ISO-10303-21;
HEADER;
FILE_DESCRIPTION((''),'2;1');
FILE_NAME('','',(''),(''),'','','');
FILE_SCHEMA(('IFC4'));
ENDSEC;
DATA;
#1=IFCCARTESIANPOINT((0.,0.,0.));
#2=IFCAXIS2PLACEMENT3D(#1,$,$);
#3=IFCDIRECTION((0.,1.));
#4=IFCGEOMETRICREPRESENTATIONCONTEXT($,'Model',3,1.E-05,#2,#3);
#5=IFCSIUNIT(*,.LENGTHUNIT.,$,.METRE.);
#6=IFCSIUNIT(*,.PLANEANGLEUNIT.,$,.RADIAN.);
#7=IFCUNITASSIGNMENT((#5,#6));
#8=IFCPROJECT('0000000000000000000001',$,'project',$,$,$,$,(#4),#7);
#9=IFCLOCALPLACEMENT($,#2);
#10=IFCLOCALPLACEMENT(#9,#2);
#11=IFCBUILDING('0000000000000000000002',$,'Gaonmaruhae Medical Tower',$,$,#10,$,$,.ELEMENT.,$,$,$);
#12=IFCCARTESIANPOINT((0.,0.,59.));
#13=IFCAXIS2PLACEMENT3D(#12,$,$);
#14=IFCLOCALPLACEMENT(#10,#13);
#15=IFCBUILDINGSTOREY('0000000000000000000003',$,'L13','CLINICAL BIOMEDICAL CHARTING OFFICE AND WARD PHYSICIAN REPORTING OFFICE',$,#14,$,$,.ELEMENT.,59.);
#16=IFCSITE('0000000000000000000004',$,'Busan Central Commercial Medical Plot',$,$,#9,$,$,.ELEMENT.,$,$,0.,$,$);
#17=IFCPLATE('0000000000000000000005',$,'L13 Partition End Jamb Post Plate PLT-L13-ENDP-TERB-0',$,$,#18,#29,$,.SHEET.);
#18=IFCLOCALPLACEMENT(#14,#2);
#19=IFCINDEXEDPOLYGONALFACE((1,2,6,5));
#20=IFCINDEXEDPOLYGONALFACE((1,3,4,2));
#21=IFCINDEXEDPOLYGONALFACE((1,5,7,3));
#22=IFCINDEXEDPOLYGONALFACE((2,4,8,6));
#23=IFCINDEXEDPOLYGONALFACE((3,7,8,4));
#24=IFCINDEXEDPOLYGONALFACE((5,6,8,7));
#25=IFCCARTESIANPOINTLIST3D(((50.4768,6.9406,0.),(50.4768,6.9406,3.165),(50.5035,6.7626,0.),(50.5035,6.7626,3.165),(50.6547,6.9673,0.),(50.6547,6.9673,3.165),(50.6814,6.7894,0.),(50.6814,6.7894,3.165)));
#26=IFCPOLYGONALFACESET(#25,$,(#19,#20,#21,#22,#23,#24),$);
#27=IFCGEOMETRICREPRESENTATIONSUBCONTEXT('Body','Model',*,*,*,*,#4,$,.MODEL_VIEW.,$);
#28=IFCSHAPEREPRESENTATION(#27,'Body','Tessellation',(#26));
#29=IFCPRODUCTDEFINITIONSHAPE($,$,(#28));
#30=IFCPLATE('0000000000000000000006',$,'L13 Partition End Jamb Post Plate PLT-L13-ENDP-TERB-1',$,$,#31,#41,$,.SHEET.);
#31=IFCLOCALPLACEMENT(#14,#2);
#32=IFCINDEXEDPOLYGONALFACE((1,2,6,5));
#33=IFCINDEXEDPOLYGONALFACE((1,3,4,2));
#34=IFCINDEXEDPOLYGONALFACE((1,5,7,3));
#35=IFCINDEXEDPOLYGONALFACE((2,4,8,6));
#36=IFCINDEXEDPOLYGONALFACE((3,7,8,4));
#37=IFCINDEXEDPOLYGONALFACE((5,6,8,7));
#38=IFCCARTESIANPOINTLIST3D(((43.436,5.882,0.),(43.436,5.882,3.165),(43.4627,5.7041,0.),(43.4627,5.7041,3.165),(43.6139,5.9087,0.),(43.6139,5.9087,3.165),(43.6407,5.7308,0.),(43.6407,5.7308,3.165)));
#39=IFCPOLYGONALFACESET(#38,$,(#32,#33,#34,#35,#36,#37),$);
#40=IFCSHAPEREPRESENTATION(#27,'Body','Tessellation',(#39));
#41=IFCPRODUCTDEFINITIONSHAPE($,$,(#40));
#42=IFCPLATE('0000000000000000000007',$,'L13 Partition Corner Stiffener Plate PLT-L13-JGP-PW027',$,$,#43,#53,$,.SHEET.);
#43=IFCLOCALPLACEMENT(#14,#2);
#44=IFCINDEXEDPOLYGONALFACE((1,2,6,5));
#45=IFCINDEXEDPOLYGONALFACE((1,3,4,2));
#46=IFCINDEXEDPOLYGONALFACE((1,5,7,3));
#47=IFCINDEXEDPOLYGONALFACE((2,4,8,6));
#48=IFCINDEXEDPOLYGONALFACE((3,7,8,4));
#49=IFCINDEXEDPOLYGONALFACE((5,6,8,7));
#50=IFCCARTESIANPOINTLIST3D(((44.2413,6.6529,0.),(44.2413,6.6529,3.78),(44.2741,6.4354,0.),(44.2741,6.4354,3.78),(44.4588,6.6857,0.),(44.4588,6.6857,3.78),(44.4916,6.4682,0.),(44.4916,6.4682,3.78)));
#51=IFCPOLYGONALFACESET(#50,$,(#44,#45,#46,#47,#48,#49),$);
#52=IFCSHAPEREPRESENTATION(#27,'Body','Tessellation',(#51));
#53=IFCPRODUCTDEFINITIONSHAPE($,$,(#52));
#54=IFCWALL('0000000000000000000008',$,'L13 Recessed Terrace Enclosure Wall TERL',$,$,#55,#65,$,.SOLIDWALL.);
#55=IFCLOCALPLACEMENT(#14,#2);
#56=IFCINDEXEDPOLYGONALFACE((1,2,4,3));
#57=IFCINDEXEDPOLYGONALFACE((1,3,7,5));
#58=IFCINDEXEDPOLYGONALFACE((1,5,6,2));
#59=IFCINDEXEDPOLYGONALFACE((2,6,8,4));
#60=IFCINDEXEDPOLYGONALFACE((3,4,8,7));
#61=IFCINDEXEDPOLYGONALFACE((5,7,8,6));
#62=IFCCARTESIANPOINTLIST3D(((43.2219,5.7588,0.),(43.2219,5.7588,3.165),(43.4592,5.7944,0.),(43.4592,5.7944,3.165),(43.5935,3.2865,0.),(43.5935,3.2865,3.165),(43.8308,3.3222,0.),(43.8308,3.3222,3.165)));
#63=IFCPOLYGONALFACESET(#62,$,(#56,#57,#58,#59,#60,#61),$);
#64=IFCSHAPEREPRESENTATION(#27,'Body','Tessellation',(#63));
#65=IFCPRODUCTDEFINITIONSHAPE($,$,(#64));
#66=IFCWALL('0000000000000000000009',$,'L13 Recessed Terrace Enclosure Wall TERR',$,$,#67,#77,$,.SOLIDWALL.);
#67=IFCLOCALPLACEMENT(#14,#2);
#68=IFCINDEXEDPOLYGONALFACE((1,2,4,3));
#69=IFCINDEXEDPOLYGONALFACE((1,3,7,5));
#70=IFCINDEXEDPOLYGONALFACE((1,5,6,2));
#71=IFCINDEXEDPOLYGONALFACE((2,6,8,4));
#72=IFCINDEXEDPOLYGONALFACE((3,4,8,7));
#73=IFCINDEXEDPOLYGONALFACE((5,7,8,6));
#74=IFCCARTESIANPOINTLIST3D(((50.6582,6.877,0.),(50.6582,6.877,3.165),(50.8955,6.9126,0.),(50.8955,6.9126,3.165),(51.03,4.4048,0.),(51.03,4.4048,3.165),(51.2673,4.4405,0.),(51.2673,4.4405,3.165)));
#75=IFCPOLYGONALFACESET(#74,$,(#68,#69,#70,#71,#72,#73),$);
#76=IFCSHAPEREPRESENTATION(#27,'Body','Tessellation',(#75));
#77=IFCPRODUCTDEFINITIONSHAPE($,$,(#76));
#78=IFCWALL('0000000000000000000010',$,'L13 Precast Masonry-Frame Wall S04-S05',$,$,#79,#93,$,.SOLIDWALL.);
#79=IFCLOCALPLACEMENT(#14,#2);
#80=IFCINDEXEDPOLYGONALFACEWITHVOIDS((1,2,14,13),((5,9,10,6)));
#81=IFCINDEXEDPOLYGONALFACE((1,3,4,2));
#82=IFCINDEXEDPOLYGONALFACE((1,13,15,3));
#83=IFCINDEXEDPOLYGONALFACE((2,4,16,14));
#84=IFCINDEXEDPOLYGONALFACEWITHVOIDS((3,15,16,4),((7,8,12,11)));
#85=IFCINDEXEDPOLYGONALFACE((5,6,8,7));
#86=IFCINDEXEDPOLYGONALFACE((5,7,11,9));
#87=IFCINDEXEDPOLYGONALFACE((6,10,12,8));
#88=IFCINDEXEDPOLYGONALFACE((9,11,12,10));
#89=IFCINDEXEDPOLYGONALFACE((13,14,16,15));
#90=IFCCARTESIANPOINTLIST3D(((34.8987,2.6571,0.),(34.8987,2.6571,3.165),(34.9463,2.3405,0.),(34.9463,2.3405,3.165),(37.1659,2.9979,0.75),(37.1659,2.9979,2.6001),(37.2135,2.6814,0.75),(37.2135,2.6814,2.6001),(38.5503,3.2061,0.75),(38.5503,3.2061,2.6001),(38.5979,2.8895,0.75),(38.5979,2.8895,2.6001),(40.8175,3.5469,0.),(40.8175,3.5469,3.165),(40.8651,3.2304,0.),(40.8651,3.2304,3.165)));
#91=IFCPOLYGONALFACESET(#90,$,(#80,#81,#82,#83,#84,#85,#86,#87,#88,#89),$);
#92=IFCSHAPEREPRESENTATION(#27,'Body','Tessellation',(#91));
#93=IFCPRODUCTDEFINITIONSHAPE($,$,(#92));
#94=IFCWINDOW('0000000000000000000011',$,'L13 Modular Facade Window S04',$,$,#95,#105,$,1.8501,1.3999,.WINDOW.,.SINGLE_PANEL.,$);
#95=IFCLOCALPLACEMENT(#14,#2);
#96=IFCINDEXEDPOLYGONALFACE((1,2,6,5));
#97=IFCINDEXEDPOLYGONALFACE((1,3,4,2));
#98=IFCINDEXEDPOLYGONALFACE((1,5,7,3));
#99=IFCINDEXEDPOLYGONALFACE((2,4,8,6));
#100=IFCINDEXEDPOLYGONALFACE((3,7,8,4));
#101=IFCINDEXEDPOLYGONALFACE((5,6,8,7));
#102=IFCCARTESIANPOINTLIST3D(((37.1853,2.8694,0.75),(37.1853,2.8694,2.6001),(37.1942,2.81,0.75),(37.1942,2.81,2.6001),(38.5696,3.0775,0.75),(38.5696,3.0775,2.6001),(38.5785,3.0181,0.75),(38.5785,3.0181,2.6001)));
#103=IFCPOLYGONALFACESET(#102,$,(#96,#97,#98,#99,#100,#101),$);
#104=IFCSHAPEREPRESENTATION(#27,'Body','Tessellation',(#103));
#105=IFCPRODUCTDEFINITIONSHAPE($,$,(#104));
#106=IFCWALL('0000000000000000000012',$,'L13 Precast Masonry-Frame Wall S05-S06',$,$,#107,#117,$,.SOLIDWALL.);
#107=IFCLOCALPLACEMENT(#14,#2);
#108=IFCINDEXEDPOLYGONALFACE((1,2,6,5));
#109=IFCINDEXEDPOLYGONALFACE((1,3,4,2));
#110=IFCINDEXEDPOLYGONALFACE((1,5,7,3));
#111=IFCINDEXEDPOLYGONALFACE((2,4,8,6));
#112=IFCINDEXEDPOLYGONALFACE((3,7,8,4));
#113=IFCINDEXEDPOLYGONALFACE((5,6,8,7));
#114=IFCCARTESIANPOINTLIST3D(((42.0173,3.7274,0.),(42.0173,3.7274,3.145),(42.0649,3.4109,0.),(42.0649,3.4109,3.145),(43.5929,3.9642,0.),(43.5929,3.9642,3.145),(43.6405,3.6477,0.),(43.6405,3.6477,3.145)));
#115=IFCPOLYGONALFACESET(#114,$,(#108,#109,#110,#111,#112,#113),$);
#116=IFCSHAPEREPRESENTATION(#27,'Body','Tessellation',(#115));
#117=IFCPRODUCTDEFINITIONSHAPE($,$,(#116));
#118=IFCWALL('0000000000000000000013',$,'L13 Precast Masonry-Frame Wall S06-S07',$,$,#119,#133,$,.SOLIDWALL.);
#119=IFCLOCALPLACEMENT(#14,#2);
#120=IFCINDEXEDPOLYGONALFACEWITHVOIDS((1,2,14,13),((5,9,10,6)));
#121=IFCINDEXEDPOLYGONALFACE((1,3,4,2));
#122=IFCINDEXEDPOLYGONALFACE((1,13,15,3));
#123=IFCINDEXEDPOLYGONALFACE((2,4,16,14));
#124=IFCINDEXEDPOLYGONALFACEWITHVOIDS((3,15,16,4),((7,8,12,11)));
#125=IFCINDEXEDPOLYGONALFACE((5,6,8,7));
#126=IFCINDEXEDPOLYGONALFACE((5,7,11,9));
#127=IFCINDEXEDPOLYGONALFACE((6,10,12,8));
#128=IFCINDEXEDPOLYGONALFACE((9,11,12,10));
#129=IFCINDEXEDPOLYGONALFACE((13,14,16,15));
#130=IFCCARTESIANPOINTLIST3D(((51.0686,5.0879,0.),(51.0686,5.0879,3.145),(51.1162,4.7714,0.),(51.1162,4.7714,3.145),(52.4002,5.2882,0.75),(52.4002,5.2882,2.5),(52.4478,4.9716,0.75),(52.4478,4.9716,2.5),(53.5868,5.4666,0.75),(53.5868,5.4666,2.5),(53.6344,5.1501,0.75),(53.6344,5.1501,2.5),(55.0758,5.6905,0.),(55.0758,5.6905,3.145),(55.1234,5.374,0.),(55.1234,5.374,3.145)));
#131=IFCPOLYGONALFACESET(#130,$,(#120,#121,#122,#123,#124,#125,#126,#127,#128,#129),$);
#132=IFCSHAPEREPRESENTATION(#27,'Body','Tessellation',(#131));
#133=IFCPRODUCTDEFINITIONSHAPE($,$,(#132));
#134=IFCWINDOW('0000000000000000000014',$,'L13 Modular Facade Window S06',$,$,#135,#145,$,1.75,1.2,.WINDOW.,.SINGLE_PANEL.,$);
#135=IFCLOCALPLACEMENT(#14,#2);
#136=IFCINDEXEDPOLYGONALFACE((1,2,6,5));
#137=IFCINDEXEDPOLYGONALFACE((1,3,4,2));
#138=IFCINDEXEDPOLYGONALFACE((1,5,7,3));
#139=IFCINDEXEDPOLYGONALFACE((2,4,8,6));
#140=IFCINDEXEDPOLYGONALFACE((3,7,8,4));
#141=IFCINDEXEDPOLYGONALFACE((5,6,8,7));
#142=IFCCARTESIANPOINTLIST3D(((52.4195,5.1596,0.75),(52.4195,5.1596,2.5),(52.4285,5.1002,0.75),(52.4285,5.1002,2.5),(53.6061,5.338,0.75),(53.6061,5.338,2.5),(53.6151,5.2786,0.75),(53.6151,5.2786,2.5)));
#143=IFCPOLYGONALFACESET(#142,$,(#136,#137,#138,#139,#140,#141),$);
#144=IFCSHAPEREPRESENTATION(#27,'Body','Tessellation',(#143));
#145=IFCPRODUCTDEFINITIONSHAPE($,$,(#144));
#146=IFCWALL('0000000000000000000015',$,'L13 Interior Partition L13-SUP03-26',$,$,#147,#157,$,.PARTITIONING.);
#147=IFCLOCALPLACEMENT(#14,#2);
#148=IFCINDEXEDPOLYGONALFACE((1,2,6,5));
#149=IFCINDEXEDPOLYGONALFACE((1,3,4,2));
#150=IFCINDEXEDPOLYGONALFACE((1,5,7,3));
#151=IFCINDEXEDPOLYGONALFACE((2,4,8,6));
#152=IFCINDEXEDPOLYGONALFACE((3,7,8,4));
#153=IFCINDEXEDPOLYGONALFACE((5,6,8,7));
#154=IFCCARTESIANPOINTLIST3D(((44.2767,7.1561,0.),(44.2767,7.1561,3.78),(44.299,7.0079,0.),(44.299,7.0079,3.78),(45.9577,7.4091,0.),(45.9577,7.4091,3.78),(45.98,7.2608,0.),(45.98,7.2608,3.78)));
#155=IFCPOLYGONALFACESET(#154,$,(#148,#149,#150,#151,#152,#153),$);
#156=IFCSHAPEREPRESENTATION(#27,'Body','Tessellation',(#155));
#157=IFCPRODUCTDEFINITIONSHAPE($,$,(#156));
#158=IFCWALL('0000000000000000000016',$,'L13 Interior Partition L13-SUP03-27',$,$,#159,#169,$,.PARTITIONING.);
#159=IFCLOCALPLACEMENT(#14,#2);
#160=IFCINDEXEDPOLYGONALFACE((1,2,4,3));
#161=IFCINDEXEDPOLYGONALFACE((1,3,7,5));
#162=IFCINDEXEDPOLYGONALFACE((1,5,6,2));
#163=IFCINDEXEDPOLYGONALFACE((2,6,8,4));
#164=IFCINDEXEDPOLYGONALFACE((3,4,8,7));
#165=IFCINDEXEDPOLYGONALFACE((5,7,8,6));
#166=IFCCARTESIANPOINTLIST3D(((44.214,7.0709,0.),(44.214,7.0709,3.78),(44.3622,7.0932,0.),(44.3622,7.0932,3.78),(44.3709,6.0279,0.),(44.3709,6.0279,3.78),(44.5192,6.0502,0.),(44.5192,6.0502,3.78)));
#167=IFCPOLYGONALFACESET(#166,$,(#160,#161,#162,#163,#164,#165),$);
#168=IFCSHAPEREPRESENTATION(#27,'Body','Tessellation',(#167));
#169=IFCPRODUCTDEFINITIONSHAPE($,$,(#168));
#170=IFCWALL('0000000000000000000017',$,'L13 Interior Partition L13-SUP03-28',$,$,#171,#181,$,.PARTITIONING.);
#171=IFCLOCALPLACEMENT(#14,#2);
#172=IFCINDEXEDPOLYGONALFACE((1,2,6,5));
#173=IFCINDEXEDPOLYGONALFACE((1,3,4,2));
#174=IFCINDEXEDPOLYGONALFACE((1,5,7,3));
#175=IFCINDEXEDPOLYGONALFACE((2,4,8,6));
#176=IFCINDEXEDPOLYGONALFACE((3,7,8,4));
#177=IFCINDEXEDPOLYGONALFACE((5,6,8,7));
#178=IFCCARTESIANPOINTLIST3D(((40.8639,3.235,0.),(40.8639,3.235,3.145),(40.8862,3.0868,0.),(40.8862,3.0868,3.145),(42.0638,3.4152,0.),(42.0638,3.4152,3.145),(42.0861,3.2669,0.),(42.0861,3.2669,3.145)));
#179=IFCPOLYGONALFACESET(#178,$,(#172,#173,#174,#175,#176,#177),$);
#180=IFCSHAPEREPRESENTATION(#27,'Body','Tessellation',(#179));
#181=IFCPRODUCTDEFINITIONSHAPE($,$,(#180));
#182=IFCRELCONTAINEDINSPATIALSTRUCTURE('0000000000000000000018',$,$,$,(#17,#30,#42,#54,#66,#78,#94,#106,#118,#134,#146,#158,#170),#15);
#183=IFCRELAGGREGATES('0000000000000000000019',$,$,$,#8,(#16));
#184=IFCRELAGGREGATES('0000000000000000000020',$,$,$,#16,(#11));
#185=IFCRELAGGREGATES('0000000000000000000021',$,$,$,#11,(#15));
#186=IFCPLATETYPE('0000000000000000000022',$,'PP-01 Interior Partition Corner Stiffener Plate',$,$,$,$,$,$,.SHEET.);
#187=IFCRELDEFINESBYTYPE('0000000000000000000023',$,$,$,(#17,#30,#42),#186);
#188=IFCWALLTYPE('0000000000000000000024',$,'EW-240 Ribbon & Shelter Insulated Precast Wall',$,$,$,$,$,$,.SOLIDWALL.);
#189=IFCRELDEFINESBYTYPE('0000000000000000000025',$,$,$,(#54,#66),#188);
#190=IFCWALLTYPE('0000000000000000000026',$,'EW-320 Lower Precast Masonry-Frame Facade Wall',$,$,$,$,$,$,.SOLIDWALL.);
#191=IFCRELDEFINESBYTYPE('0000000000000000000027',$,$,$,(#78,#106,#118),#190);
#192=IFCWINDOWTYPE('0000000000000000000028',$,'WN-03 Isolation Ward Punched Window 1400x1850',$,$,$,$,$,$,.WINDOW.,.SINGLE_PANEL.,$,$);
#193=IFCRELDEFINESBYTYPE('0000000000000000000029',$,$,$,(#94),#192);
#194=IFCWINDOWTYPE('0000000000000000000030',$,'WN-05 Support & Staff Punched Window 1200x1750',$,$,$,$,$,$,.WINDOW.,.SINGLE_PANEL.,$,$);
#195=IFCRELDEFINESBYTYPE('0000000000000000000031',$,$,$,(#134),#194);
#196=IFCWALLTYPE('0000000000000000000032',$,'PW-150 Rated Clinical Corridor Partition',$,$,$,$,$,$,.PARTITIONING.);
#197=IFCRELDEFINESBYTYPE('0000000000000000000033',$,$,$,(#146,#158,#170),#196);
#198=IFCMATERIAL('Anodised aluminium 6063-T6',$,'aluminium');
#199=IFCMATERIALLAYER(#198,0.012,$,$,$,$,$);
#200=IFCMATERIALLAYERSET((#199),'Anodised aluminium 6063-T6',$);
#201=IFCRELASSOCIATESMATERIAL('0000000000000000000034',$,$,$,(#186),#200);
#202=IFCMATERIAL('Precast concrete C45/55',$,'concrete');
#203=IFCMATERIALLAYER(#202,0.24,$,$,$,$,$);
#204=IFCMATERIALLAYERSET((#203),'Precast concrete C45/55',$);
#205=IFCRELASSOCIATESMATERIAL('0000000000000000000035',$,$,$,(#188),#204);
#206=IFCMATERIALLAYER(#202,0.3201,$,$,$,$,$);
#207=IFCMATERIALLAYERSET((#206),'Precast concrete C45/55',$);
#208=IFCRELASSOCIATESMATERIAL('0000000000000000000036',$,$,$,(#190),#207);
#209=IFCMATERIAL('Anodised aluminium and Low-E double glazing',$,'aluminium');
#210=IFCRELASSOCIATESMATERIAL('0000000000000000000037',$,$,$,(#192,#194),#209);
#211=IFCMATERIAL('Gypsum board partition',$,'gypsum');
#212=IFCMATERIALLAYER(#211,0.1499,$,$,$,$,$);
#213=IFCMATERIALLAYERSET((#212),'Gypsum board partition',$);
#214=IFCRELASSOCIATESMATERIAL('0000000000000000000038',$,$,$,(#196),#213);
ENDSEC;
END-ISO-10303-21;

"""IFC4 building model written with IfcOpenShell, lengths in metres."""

from ifc_helpers import new_model, si_unit, direction, frame, frame_2d, origin, origin_2d, place, context, subcontext, project, spatial, rectangle, extrude, material, layer, layer_set, type_object, element, fill, save


model = new_model("IFC4")

# Units and contexts
model_context = context("Model", 3, precision=1e-05, world=origin(), true_north=direction((0.0, 1.0)))
body_context = subcontext(model_context, "Body", "Model", "MODEL_VIEW")
ifc_project = project(units=[si_unit("LENGTHUNIT", "METRE"), si_unit("PLANEANGLEUNIT", "RADIAN")], contexts=[model_context])

# Site, building, storey
site_placement = place(None, origin())
site = spatial("IfcSite", under=ifc_project, at=site_placement, Name="Busan Central Commercial Medical Plot", CompositionType="ELEMENT", RefElevation=0.0)
building_placement = place(site_placement, origin())
building = spatial("IfcBuilding", under=site, at=building_placement, Name="Gaonmaruhae Medical Tower", CompositionType="ELEMENT")
storey_placement = place(building_placement, frame((0.0, 0.0, 59.0)))
storey = spatial("IfcBuildingStorey", under=building, at=storey_placement, Name="L13", Description="CLINICAL BIOMEDICAL CHARTING OFFICE AND WARD PHYSICIAN REPORTING OFFICE", CompositionType="ELEMENT", Elevation=59.0)

# Plates
ifc_material_1 = material(Name="Anodised aluminium 6063-T6", Category="aluminium")
ifc_layer_1 = layer(ifc_material_1, 0.012)
ifc_layer_set_1 = layer_set([ifc_layer_1], Name="Anodised aluminium 6063-T6")
plate_type = type_object("IfcPlateType", Name="PP-01 Interior Partition Corner Stiffener Plate", PredefinedType="SHEET", material=ifc_layer_set_1)
for number, where, z_axis, x_axis, name in (
    (1, (50.5791, 6.865, 0.0), (0.0, 0.0, 1.0), (-0.988886, -0.148672, 0.0), "L13 Partition End Jamb Post Plate PLT-L13-ENDP-TERB-0"),
    (2, (43.5383, 5.8064, 0.0), (0.0, 0.0, 1.0), (-0.988886, -0.148672, 0.0), "L13 Partition End Jamb Post Plate PLT-L13-ENDP-TERB-1"),
):
    element("IfcPlate", number, at=place(storey_placement, frame(where, z_axis=z_axis, x_axis=x_axis)), inside=storey, type_object=plate_type, Name=name, PredefinedType="SHEET", context=body_context, shape_type="SweptSolid", body=[
        extrude(rectangle(XDim=0.1799, YDim=0.1799, at=origin_2d()), origin(), (0.0, 0.0, 1.0), 3.165),
    ])
plate_placement = place(storey_placement, frame((44.3665, 6.5605, 0.0), z_axis=(0.0, 0.0, 1.0), x_axis=(0.148845, -0.988861, 0.0)))
element("IfcPlate", 3, at=plate_placement, inside=storey, type_object=plate_type, Name="L13 Partition Corner Stiffener Plate PLT-L13-JGP-PW027", PredefinedType="SHEET", context=body_context, shape_type="SweptSolid", body=[
    extrude(rectangle(XDim=0.22, YDim=0.22, at=origin_2d()), origin(), (0.0, 0.0, 1.0), 3.78),
])

# Shared definitions
ifc_material_2 = material(Name="Precast concrete C45/55", Category="concrete")
ifc_layer_2 = layer(ifc_material_2, 0.24)
ifc_layer_set_2 = layer_set([ifc_layer_2], Name="Precast concrete C45/55")
wall_type_1 = type_object("IfcWallType", Name="EW-240 Ribbon & Shelter Insulated Precast Wall", PredefinedType="SOLIDWALL", material=ifc_layer_set_2)

# Walls
for number, where, z_axis, x_axis, name in (
    (4, (43.3406, 5.7766, 0.0), (0.0, 0.0, 1.0), (0.148637, -0.988892, 0.0), "L13 Recessed Terrace Enclosure Wall TERL"),
    (5, (51.1487, 4.4226, 0.0), (0.0, 0.0, 1.0), (-0.148732, 0.988878, 0.0), "L13 Recessed Terrace Enclosure Wall TERR"),
):
    element("IfcWall", number, at=place(storey_placement, frame(where, z_axis=z_axis, x_axis=x_axis)), inside=storey, type_object=wall_type_1, Name=name, PredefinedType="SOLIDWALL", context=body_context, shape_type="SweptSolid", body=[
        extrude(rectangle(XDim=2.5, YDim=0.24, at=frame_2d((1.25, 0.0))), origin(), (0.0, 0.0, 1.0), 3.165),
    ])

# Wall, opening, window
ifc_layer_3 = layer(ifc_material_2, 0.3201)
ifc_layer_set_3 = layer_set([ifc_layer_3], Name="Precast concrete C45/55")
wall_type_2 = type_object("IfcWallType", Name="EW-320 Lower Precast Masonry-Frame Facade Wall", PredefinedType="SOLIDWALL", material=ifc_layer_set_3)
wall_1_placement = place(storey_placement, frame((40.8413, 3.3887, 0.0), z_axis=(0.0, 0.0, 1.0), x_axis=(-0.988886, -0.148676, 0.0)))
wall_1 = element("IfcWall", 6, at=wall_1_placement, inside=storey, type_object=wall_type_2, Name="L13 Precast Masonry-Frame Wall S04-S05", PredefinedType="SOLIDWALL", context=body_context, shape_type="SweptSolid", body=[
    extrude(rectangle(XDim=5.9854, YDim=0.3201, at=frame_2d((2.9927, 0.0))), origin(), (0.0, 0.0, 1.0), 3.165),
])
opening_1_placement = place(wall_1_placement, frame((2.2927, 0.0, 0.75)))
opening_1 = element("IfcOpeningElement", 7, at=opening_1_placement, cuts=wall_1, PredefinedType="OPENING", context=body_context, shape_type="SweptSolid", body=[
    extrude(rectangle(XDim=1.3999, YDim=1.8501, at=frame_2d((0.7, 0.925))), frame((0.0, 0.1699, 0.0), z_axis=(0.0, -1.0, 0.0), x_axis=(1.0, 0.0, 0.0)), (0.0, 0.0, 1.0), 0.3401),
])
ifc_material_3 = material(Name="Anodised aluminium and Low-E double glazing", Category="aluminium")
window_type_1 = type_object("IfcWindowType", Name="WN-03 Isolation Ward Punched Window 1400x1850", PartitioningType="SINGLE_PANEL", PredefinedType="WINDOW", material=ifc_material_3)
window_1_placement = place(opening_1_placement, origin())
window_1 = element("IfcWindow", 8, at=window_1_placement, inside=storey, type_object=window_type_1, Name="L13 Modular Facade Window S04", OverallHeight=1.8501, OverallWidth=1.3999, PartitioningType="SINGLE_PANEL", PredefinedType="WINDOW", context=body_context, shape_type="SweptSolid", body=[
    extrude(rectangle(XDim=1.3999, YDim=1.8501, at=frame_2d((0.7, 0.925))), frame((0.0, 0.03, 0.0), z_axis=(0.0, -1.0, 0.0), x_axis=(1.0, 0.0, 0.0)), (0.0, 0.0, 1.0), 0.0601),
])
fill(opening_1, window_1)

# Wall
wall_2_placement = place(storey_placement, frame((43.6167, 3.8059, 0.0), z_axis=(0.0, 0.0, 1.0), x_axis=(-0.988894, -0.148625, 0.0)))
element("IfcWall", 9, at=wall_2_placement, inside=storey, type_object=wall_type_2, Name="L13 Precast Masonry-Frame Wall S05-S06", PredefinedType="SOLIDWALL", context=body_context, shape_type="SweptSolid", body=[
    extrude(rectangle(XDim=1.5933, YDim=0.3201, at=frame_2d((0.7966, 0.0))), origin(), (0.0, 0.0, 1.0), 3.145),
])

# Wall, opening, window
wall_3_placement = place(storey_placement, frame((55.0996, 5.5322, 0.0), z_axis=(0.0, 0.0, 1.0), x_axis=(-0.988883, -0.148697, 0.0)))
wall_3 = element("IfcWall", 10, at=wall_3_placement, inside=storey, type_object=wall_type_2, Name="L13 Precast Masonry-Frame Wall S06-S07", PredefinedType="SOLIDWALL", context=body_context, shape_type="SweptSolid", body=[
    extrude(rectangle(XDim=4.0522, YDim=0.3201, at=frame_2d((2.0261, 0.0))), origin(), (0.0, 0.0, 1.0), 3.145),
])
opening_2_placement = place(wall_3_placement, frame((1.5056, 0.0, 0.75)))
opening_2 = element("IfcOpeningElement", 11, at=opening_2_placement, cuts=wall_3, PredefinedType="OPENING", context=body_context, shape_type="SweptSolid", body=[
    extrude(rectangle(XDim=1.2, YDim=1.75, at=frame_2d((0.6001, 0.875))), frame((0.0, 0.1699, 0.0), z_axis=(0.0, -1.0, 0.0), x_axis=(1.0, 0.0, 0.0)), (0.0, 0.0, 1.0), 0.3401),
])
window_type_2 = type_object("IfcWindowType", Name="WN-05 Support & Staff Punched Window 1200x1750", PartitioningType="SINGLE_PANEL", PredefinedType="WINDOW", material=ifc_material_3)
window_2_placement = place(opening_2_placement, origin())
window_2 = element("IfcWindow", 12, at=window_2_placement, inside=storey, type_object=window_type_2, Name="L13 Modular Facade Window S06", OverallHeight=1.75, OverallWidth=1.2, PartitioningType="SINGLE_PANEL", PredefinedType="WINDOW", context=body_context, shape_type="SweptSolid", body=[
    extrude(rectangle(XDim=1.2, YDim=1.75, at=frame_2d((0.6001, 0.875))), frame((0.0, 0.03, 0.0), z_axis=(0.0, -1.0, 0.0), x_axis=(1.0, 0.0, 0.0)), (0.0, 0.0, 1.0), 0.0601),
])
fill(opening_2, window_2)

# Walls
ifc_material_4 = material(Name="Gypsum board partition", Category="gypsum")
ifc_layer_4 = layer(ifc_material_4, 0.1499)
ifc_layer_set_4 = layer_set([ifc_layer_4], Name="Gypsum board partition")
wall_type_3 = type_object("IfcWallType", Name="PW-150 Rated Clinical Corridor Partition", PredefinedType="PARTITIONING", material=ifc_layer_set_4)
wall_4_placement = place(storey_placement, frame((45.969, 7.335, 0.0), z_axis=(0.0, 0.0, 1.0), x_axis=(-0.988868, -0.148797, 0.0)))
element("IfcWall", 13, at=wall_4_placement, inside=storey, type_object=wall_type_3, Name="L13 Interior Partition L13-SUP03-26", PredefinedType="PARTITIONING", context=body_context, shape_type="SweptSolid", body=[
    extrude(rectangle(XDim=1.7, YDim=0.1499, at=frame_2d((0.8501, 0.0))), origin(), (0.0, 0.0, 1.0), 3.78),
])
wall_5_placement = place(storey_placement, frame((44.2881, 7.082, 0.0), z_axis=(0.0, 0.0, 1.0), x_axis=(0.148838, -0.988862, 0.0)))
element("IfcWall", 14, at=wall_5_placement, inside=storey, type_object=wall_type_3, Name="L13 Interior Partition L13-SUP03-27", PredefinedType="PARTITIONING", context=body_context, shape_type="SweptSolid", body=[
    extrude(rectangle(XDim=1.0547, YDim=0.1499, at=frame_2d((0.5273, 0.0))), origin(), (0.0, 0.0, 1.0), 3.78),
])
wall_6_placement = place(storey_placement, frame((42.075, 3.3411, 0.0), z_axis=(0.0, 0.0, 1.0), x_axis=(-0.988914, -0.148488, 0.0)))
element("IfcWall", 15, at=wall_6_placement, inside=storey, type_object=wall_type_3, Name="L13 Interior Partition L13-SUP03-28", PredefinedType="PARTITIONING", context=body_context, shape_type="SweptSolid", body=[
    extrude(rectangle(XDim=1.2134, YDim=0.1499, at=frame_2d((0.6067, 0.0))), origin(), (0.0, 0.0, 1.0), 3.145),
])

save(model, "model.ifc")
